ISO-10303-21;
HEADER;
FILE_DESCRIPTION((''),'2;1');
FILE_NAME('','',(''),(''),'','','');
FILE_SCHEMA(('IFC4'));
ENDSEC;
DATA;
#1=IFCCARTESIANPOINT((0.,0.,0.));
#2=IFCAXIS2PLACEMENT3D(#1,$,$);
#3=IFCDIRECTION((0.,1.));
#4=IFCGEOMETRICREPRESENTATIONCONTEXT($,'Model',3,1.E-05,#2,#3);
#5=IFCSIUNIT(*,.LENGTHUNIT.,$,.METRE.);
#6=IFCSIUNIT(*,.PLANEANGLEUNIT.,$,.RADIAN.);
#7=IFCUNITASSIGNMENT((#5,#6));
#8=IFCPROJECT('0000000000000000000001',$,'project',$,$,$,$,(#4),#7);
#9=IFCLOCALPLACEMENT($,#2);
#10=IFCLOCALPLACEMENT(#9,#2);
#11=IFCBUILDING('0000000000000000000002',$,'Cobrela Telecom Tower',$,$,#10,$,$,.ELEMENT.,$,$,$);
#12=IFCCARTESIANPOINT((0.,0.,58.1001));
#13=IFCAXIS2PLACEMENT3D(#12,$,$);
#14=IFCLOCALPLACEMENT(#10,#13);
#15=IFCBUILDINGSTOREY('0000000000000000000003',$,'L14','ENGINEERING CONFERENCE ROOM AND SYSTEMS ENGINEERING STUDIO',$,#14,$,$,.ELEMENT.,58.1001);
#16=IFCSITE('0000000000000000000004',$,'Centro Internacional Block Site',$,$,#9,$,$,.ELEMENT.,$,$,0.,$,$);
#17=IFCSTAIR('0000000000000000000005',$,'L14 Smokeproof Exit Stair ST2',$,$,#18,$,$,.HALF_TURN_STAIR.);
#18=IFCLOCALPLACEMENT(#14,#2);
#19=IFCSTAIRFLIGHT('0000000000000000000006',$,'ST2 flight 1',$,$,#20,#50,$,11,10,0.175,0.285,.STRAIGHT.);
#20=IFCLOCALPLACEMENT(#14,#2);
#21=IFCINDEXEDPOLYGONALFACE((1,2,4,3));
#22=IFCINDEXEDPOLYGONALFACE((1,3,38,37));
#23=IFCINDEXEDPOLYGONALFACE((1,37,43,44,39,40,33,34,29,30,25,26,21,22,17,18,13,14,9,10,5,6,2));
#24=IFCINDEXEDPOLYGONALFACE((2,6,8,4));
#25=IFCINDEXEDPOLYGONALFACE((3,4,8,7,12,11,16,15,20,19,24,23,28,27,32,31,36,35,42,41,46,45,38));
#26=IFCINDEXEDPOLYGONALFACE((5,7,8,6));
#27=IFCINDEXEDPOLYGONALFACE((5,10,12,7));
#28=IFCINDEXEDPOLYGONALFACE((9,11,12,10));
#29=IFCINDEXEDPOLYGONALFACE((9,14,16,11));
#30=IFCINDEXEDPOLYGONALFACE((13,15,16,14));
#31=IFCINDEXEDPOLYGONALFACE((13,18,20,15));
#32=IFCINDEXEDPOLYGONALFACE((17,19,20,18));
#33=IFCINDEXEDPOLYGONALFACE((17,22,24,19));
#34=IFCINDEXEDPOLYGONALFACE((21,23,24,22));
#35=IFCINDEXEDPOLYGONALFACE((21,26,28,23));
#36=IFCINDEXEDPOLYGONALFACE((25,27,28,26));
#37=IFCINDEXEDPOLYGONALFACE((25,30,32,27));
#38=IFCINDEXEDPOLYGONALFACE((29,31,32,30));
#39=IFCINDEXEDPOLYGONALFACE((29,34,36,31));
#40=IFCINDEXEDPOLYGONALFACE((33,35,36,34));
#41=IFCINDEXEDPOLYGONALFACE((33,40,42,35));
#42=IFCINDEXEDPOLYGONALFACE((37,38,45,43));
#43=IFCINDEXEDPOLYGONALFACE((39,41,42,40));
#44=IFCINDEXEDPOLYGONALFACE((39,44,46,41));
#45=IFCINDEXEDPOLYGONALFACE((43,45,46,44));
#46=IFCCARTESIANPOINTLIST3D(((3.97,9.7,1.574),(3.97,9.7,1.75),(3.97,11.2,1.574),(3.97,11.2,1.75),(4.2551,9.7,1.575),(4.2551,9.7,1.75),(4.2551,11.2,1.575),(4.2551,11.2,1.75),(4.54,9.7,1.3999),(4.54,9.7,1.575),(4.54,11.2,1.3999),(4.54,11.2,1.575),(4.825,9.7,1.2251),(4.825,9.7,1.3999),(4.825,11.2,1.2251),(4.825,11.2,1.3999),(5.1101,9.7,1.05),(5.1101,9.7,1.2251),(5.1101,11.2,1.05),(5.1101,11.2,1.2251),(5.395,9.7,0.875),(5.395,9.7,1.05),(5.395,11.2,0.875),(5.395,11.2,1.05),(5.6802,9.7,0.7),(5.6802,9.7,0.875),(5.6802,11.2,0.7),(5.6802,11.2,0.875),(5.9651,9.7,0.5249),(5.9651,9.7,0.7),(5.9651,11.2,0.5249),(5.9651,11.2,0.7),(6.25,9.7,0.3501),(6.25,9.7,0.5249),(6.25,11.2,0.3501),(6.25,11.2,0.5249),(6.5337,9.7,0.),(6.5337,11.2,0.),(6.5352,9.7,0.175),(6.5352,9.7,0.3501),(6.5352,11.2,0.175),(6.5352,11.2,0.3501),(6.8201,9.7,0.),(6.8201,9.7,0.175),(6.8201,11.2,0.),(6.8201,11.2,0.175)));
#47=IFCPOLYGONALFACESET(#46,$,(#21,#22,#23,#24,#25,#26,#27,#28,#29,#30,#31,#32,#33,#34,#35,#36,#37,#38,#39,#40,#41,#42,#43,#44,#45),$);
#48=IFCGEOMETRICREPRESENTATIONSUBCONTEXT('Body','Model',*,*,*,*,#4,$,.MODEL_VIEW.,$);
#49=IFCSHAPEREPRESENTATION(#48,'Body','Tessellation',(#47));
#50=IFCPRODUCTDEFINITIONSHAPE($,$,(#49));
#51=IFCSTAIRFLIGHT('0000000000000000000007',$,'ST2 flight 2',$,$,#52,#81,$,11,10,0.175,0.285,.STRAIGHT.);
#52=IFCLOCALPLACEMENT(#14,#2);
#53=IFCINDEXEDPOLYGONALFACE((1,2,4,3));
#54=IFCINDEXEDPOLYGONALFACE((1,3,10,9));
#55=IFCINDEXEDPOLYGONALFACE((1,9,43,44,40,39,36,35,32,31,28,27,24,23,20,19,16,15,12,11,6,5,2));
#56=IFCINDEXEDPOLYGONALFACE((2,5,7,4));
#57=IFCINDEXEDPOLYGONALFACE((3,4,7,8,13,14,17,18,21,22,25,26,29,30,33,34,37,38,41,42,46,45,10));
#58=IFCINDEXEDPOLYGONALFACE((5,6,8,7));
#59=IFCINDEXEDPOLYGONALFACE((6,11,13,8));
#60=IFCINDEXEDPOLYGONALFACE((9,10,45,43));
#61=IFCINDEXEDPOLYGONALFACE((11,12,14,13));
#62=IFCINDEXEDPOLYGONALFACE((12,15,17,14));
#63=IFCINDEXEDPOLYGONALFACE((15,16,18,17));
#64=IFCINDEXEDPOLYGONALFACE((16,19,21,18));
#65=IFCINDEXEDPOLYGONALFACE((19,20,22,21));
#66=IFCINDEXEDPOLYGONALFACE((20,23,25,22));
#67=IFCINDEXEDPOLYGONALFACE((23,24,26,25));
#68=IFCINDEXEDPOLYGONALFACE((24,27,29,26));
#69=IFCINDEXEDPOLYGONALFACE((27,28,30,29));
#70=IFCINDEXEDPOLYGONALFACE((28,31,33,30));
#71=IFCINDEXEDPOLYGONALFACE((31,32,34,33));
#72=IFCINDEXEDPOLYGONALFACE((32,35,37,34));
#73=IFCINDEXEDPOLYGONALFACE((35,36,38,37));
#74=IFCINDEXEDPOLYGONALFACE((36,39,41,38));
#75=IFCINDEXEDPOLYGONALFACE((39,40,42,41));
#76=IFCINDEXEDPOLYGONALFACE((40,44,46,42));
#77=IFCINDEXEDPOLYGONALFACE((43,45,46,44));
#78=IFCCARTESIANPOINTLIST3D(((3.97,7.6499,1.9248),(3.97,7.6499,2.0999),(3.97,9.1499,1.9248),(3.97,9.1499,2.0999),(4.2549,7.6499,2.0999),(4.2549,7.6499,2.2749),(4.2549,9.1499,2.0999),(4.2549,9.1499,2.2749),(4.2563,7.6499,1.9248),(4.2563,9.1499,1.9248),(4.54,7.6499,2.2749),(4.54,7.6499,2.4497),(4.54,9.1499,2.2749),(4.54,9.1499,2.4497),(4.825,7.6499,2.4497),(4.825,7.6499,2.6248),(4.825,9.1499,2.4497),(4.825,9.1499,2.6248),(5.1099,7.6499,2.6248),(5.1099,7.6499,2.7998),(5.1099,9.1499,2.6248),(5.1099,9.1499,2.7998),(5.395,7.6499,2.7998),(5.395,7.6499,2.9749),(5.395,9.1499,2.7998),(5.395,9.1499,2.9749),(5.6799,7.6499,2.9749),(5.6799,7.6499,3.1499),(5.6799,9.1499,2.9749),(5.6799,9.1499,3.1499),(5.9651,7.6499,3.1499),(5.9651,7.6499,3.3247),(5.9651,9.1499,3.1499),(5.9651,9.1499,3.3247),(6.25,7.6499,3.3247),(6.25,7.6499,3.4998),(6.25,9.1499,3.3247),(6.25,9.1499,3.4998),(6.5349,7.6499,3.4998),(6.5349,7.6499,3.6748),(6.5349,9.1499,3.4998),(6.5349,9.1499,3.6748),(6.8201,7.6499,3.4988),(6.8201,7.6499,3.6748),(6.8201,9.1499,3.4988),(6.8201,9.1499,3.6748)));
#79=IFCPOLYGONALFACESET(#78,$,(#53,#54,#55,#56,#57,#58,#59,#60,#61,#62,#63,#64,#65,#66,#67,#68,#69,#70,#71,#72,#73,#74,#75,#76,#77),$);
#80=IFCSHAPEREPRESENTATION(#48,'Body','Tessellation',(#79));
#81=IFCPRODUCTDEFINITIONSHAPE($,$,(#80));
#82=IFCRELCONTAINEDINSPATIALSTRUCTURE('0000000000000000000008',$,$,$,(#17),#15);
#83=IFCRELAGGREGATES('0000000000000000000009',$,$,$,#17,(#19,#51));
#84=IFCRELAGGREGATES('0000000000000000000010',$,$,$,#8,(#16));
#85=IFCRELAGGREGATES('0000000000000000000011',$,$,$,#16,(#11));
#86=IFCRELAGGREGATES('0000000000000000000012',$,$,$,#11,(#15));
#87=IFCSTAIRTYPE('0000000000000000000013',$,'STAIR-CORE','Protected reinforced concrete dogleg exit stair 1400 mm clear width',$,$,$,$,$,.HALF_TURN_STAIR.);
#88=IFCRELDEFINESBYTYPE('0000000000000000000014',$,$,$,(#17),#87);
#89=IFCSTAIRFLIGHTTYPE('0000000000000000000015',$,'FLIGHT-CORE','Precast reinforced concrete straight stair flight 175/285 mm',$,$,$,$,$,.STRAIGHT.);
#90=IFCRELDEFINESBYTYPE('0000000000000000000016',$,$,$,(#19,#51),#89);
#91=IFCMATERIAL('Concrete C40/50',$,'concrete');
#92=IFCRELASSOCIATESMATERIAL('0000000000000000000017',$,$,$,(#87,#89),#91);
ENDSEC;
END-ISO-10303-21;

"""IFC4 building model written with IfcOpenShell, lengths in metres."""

from ifc_helpers import new_model, si_unit, direction, frame, origin, place, context, subcontext, project, spatial, polyline, outline, extrude, material, type_object, element, aggregate, save


model = new_model("IFC4")

# Units and contexts
model_context = context("Model", 3, precision=1e-05, world=origin(), true_north=direction((0.0, 1.0)))
body_context = subcontext(model_context, "Body", "Model", "MODEL_VIEW")
ifc_project = project(units=[si_unit("LENGTHUNIT", "METRE"), si_unit("PLANEANGLEUNIT", "RADIAN")], contexts=[model_context])

# Site, building, storey
site_placement = place(None, origin())
site = spatial("IfcSite", under=ifc_project, at=site_placement, Name="Centro Internacional Block Site", CompositionType="ELEMENT", RefElevation=0.0)
building_placement = place(site_placement, origin())
building = spatial("IfcBuilding", under=site, at=building_placement, Name="Cobrela Telecom Tower", CompositionType="ELEMENT")
storey_placement = place(building_placement, frame((0.0, 0.0, 58.1001)))
storey = spatial("IfcBuildingStorey", under=building, at=storey_placement, Name="L14", Description="ENGINEERING CONFERENCE ROOM AND SYSTEMS ENGINEERING STUDIO", CompositionType="ELEMENT", Elevation=58.1001)

# Shared definitions
ifc_material_1 = material(Name="Concrete C40/50", Category="concrete")

# Stair, stair flights
stair_type = type_object("IfcStairType", Name="STAIR-CORE", Description="Protected reinforced concrete dogleg exit stair 1400 mm clear width", PredefinedType="HALF_TURN_STAIR", material=ifc_material_1)
stair_placement = place(storey_placement, origin())
stair = element("IfcStair", 1, at=stair_placement, inside=storey, type_object=stair_type, Name="L14 Smokeproof Exit Stair ST2", PredefinedType="HALF_TURN_STAIR")
stair_flight_type = type_object("IfcStairFlightType", Name="FLIGHT-CORE", Description="Precast reinforced concrete straight stair flight 175/285 mm", PredefinedType="STRAIGHT", material=ifc_material_1)
stair_flight_1_placement = place(storey_placement, frame((6.8201, 10.45, 0.0), z_axis=(0.0, 0.0, 1.0), x_axis=(-1.0, 0.0, 0.0)))
stair_flight_1 = element("IfcStairFlight", 2, at=stair_flight_1_placement, type_object=stair_flight_type, Name="ST2 flight 1", NumberOfRisers=11, NumberOfTreads=10, PredefinedType="STRAIGHT", RiserHeight=0.175, TreadLength=0.285, context=body_context, shape_type="SweptSolid", body=[
    extrude(outline(polyline([(0.0, 0.0), (0.0, 0.175), (0.2849, 0.175), (0.2849, 0.3501), (0.5701, 0.3501), (0.5701, 0.5249), (0.855, 0.5249), (0.855, 0.7), (1.1399, 0.7), (1.1399, 0.875), (1.425, 0.875), (1.425, 1.05), (1.71, 1.05), (1.71, 1.2251), (1.9951, 1.2251), (1.9951, 1.3999), (2.28, 1.3999), (2.28, 1.575), (2.5649, 1.575), (2.5649, 1.75), (2.8501, 1.75), (2.8501, 1.925), (2.8501, 1.574), (0.2864, 0.0), (0.0, 0.0)])), frame((0.0, 0.75, 0.0), z_axis=(0.0, -1.0, 0.0), x_axis=(1.0, 0.0, 0.0)), (0.0, 0.0, 1.0), 1.5),
])
stair_flight_2_placement = place(storey_placement, frame((3.97, 8.3999, 1.9248), z_axis=(0.0, 0.0, 1.0), x_axis=(1.0, 0.0, 0.0)))
stair_flight_2 = element("IfcStairFlight", 3, at=stair_flight_2_placement, type_object=stair_flight_type, Name="ST2 flight 2", NumberOfRisers=11, NumberOfTreads=10, PredefinedType="STRAIGHT", RiserHeight=0.175, TreadLength=0.285, context=body_context, shape_type="SweptSolid", body=[
    extrude(outline(polyline([(0.0, 0.0), (0.0, 0.175), (0.2849, 0.175), (0.2849, 0.3501), (0.5701, 0.3501), (0.5701, 0.5249), (0.855, 0.5249), (0.855, 0.7), (1.1399, 0.7), (1.1399, 0.875), (1.425, 0.875), (1.425, 1.05), (1.71, 1.05), (1.71, 1.2251), (1.9951, 1.2251), (1.9951, 1.3999), (2.28, 1.3999), (2.28, 1.575), (2.5649, 1.575), (2.5649, 1.75), (2.8501, 1.75), (2.8501, 1.925), (2.8501, 1.574), (0.2864, 0.0), (0.0, 0.0)])), frame((0.0, 0.75, 0.0), z_axis=(0.0, -1.0, 0.0), x_axis=(1.0, 0.0, 0.0)), (0.0, 0.0, 1.0), 1.5),
])
aggregate(stair, [stair_flight_1, stair_flight_2])

save(model, "model.ifc")
